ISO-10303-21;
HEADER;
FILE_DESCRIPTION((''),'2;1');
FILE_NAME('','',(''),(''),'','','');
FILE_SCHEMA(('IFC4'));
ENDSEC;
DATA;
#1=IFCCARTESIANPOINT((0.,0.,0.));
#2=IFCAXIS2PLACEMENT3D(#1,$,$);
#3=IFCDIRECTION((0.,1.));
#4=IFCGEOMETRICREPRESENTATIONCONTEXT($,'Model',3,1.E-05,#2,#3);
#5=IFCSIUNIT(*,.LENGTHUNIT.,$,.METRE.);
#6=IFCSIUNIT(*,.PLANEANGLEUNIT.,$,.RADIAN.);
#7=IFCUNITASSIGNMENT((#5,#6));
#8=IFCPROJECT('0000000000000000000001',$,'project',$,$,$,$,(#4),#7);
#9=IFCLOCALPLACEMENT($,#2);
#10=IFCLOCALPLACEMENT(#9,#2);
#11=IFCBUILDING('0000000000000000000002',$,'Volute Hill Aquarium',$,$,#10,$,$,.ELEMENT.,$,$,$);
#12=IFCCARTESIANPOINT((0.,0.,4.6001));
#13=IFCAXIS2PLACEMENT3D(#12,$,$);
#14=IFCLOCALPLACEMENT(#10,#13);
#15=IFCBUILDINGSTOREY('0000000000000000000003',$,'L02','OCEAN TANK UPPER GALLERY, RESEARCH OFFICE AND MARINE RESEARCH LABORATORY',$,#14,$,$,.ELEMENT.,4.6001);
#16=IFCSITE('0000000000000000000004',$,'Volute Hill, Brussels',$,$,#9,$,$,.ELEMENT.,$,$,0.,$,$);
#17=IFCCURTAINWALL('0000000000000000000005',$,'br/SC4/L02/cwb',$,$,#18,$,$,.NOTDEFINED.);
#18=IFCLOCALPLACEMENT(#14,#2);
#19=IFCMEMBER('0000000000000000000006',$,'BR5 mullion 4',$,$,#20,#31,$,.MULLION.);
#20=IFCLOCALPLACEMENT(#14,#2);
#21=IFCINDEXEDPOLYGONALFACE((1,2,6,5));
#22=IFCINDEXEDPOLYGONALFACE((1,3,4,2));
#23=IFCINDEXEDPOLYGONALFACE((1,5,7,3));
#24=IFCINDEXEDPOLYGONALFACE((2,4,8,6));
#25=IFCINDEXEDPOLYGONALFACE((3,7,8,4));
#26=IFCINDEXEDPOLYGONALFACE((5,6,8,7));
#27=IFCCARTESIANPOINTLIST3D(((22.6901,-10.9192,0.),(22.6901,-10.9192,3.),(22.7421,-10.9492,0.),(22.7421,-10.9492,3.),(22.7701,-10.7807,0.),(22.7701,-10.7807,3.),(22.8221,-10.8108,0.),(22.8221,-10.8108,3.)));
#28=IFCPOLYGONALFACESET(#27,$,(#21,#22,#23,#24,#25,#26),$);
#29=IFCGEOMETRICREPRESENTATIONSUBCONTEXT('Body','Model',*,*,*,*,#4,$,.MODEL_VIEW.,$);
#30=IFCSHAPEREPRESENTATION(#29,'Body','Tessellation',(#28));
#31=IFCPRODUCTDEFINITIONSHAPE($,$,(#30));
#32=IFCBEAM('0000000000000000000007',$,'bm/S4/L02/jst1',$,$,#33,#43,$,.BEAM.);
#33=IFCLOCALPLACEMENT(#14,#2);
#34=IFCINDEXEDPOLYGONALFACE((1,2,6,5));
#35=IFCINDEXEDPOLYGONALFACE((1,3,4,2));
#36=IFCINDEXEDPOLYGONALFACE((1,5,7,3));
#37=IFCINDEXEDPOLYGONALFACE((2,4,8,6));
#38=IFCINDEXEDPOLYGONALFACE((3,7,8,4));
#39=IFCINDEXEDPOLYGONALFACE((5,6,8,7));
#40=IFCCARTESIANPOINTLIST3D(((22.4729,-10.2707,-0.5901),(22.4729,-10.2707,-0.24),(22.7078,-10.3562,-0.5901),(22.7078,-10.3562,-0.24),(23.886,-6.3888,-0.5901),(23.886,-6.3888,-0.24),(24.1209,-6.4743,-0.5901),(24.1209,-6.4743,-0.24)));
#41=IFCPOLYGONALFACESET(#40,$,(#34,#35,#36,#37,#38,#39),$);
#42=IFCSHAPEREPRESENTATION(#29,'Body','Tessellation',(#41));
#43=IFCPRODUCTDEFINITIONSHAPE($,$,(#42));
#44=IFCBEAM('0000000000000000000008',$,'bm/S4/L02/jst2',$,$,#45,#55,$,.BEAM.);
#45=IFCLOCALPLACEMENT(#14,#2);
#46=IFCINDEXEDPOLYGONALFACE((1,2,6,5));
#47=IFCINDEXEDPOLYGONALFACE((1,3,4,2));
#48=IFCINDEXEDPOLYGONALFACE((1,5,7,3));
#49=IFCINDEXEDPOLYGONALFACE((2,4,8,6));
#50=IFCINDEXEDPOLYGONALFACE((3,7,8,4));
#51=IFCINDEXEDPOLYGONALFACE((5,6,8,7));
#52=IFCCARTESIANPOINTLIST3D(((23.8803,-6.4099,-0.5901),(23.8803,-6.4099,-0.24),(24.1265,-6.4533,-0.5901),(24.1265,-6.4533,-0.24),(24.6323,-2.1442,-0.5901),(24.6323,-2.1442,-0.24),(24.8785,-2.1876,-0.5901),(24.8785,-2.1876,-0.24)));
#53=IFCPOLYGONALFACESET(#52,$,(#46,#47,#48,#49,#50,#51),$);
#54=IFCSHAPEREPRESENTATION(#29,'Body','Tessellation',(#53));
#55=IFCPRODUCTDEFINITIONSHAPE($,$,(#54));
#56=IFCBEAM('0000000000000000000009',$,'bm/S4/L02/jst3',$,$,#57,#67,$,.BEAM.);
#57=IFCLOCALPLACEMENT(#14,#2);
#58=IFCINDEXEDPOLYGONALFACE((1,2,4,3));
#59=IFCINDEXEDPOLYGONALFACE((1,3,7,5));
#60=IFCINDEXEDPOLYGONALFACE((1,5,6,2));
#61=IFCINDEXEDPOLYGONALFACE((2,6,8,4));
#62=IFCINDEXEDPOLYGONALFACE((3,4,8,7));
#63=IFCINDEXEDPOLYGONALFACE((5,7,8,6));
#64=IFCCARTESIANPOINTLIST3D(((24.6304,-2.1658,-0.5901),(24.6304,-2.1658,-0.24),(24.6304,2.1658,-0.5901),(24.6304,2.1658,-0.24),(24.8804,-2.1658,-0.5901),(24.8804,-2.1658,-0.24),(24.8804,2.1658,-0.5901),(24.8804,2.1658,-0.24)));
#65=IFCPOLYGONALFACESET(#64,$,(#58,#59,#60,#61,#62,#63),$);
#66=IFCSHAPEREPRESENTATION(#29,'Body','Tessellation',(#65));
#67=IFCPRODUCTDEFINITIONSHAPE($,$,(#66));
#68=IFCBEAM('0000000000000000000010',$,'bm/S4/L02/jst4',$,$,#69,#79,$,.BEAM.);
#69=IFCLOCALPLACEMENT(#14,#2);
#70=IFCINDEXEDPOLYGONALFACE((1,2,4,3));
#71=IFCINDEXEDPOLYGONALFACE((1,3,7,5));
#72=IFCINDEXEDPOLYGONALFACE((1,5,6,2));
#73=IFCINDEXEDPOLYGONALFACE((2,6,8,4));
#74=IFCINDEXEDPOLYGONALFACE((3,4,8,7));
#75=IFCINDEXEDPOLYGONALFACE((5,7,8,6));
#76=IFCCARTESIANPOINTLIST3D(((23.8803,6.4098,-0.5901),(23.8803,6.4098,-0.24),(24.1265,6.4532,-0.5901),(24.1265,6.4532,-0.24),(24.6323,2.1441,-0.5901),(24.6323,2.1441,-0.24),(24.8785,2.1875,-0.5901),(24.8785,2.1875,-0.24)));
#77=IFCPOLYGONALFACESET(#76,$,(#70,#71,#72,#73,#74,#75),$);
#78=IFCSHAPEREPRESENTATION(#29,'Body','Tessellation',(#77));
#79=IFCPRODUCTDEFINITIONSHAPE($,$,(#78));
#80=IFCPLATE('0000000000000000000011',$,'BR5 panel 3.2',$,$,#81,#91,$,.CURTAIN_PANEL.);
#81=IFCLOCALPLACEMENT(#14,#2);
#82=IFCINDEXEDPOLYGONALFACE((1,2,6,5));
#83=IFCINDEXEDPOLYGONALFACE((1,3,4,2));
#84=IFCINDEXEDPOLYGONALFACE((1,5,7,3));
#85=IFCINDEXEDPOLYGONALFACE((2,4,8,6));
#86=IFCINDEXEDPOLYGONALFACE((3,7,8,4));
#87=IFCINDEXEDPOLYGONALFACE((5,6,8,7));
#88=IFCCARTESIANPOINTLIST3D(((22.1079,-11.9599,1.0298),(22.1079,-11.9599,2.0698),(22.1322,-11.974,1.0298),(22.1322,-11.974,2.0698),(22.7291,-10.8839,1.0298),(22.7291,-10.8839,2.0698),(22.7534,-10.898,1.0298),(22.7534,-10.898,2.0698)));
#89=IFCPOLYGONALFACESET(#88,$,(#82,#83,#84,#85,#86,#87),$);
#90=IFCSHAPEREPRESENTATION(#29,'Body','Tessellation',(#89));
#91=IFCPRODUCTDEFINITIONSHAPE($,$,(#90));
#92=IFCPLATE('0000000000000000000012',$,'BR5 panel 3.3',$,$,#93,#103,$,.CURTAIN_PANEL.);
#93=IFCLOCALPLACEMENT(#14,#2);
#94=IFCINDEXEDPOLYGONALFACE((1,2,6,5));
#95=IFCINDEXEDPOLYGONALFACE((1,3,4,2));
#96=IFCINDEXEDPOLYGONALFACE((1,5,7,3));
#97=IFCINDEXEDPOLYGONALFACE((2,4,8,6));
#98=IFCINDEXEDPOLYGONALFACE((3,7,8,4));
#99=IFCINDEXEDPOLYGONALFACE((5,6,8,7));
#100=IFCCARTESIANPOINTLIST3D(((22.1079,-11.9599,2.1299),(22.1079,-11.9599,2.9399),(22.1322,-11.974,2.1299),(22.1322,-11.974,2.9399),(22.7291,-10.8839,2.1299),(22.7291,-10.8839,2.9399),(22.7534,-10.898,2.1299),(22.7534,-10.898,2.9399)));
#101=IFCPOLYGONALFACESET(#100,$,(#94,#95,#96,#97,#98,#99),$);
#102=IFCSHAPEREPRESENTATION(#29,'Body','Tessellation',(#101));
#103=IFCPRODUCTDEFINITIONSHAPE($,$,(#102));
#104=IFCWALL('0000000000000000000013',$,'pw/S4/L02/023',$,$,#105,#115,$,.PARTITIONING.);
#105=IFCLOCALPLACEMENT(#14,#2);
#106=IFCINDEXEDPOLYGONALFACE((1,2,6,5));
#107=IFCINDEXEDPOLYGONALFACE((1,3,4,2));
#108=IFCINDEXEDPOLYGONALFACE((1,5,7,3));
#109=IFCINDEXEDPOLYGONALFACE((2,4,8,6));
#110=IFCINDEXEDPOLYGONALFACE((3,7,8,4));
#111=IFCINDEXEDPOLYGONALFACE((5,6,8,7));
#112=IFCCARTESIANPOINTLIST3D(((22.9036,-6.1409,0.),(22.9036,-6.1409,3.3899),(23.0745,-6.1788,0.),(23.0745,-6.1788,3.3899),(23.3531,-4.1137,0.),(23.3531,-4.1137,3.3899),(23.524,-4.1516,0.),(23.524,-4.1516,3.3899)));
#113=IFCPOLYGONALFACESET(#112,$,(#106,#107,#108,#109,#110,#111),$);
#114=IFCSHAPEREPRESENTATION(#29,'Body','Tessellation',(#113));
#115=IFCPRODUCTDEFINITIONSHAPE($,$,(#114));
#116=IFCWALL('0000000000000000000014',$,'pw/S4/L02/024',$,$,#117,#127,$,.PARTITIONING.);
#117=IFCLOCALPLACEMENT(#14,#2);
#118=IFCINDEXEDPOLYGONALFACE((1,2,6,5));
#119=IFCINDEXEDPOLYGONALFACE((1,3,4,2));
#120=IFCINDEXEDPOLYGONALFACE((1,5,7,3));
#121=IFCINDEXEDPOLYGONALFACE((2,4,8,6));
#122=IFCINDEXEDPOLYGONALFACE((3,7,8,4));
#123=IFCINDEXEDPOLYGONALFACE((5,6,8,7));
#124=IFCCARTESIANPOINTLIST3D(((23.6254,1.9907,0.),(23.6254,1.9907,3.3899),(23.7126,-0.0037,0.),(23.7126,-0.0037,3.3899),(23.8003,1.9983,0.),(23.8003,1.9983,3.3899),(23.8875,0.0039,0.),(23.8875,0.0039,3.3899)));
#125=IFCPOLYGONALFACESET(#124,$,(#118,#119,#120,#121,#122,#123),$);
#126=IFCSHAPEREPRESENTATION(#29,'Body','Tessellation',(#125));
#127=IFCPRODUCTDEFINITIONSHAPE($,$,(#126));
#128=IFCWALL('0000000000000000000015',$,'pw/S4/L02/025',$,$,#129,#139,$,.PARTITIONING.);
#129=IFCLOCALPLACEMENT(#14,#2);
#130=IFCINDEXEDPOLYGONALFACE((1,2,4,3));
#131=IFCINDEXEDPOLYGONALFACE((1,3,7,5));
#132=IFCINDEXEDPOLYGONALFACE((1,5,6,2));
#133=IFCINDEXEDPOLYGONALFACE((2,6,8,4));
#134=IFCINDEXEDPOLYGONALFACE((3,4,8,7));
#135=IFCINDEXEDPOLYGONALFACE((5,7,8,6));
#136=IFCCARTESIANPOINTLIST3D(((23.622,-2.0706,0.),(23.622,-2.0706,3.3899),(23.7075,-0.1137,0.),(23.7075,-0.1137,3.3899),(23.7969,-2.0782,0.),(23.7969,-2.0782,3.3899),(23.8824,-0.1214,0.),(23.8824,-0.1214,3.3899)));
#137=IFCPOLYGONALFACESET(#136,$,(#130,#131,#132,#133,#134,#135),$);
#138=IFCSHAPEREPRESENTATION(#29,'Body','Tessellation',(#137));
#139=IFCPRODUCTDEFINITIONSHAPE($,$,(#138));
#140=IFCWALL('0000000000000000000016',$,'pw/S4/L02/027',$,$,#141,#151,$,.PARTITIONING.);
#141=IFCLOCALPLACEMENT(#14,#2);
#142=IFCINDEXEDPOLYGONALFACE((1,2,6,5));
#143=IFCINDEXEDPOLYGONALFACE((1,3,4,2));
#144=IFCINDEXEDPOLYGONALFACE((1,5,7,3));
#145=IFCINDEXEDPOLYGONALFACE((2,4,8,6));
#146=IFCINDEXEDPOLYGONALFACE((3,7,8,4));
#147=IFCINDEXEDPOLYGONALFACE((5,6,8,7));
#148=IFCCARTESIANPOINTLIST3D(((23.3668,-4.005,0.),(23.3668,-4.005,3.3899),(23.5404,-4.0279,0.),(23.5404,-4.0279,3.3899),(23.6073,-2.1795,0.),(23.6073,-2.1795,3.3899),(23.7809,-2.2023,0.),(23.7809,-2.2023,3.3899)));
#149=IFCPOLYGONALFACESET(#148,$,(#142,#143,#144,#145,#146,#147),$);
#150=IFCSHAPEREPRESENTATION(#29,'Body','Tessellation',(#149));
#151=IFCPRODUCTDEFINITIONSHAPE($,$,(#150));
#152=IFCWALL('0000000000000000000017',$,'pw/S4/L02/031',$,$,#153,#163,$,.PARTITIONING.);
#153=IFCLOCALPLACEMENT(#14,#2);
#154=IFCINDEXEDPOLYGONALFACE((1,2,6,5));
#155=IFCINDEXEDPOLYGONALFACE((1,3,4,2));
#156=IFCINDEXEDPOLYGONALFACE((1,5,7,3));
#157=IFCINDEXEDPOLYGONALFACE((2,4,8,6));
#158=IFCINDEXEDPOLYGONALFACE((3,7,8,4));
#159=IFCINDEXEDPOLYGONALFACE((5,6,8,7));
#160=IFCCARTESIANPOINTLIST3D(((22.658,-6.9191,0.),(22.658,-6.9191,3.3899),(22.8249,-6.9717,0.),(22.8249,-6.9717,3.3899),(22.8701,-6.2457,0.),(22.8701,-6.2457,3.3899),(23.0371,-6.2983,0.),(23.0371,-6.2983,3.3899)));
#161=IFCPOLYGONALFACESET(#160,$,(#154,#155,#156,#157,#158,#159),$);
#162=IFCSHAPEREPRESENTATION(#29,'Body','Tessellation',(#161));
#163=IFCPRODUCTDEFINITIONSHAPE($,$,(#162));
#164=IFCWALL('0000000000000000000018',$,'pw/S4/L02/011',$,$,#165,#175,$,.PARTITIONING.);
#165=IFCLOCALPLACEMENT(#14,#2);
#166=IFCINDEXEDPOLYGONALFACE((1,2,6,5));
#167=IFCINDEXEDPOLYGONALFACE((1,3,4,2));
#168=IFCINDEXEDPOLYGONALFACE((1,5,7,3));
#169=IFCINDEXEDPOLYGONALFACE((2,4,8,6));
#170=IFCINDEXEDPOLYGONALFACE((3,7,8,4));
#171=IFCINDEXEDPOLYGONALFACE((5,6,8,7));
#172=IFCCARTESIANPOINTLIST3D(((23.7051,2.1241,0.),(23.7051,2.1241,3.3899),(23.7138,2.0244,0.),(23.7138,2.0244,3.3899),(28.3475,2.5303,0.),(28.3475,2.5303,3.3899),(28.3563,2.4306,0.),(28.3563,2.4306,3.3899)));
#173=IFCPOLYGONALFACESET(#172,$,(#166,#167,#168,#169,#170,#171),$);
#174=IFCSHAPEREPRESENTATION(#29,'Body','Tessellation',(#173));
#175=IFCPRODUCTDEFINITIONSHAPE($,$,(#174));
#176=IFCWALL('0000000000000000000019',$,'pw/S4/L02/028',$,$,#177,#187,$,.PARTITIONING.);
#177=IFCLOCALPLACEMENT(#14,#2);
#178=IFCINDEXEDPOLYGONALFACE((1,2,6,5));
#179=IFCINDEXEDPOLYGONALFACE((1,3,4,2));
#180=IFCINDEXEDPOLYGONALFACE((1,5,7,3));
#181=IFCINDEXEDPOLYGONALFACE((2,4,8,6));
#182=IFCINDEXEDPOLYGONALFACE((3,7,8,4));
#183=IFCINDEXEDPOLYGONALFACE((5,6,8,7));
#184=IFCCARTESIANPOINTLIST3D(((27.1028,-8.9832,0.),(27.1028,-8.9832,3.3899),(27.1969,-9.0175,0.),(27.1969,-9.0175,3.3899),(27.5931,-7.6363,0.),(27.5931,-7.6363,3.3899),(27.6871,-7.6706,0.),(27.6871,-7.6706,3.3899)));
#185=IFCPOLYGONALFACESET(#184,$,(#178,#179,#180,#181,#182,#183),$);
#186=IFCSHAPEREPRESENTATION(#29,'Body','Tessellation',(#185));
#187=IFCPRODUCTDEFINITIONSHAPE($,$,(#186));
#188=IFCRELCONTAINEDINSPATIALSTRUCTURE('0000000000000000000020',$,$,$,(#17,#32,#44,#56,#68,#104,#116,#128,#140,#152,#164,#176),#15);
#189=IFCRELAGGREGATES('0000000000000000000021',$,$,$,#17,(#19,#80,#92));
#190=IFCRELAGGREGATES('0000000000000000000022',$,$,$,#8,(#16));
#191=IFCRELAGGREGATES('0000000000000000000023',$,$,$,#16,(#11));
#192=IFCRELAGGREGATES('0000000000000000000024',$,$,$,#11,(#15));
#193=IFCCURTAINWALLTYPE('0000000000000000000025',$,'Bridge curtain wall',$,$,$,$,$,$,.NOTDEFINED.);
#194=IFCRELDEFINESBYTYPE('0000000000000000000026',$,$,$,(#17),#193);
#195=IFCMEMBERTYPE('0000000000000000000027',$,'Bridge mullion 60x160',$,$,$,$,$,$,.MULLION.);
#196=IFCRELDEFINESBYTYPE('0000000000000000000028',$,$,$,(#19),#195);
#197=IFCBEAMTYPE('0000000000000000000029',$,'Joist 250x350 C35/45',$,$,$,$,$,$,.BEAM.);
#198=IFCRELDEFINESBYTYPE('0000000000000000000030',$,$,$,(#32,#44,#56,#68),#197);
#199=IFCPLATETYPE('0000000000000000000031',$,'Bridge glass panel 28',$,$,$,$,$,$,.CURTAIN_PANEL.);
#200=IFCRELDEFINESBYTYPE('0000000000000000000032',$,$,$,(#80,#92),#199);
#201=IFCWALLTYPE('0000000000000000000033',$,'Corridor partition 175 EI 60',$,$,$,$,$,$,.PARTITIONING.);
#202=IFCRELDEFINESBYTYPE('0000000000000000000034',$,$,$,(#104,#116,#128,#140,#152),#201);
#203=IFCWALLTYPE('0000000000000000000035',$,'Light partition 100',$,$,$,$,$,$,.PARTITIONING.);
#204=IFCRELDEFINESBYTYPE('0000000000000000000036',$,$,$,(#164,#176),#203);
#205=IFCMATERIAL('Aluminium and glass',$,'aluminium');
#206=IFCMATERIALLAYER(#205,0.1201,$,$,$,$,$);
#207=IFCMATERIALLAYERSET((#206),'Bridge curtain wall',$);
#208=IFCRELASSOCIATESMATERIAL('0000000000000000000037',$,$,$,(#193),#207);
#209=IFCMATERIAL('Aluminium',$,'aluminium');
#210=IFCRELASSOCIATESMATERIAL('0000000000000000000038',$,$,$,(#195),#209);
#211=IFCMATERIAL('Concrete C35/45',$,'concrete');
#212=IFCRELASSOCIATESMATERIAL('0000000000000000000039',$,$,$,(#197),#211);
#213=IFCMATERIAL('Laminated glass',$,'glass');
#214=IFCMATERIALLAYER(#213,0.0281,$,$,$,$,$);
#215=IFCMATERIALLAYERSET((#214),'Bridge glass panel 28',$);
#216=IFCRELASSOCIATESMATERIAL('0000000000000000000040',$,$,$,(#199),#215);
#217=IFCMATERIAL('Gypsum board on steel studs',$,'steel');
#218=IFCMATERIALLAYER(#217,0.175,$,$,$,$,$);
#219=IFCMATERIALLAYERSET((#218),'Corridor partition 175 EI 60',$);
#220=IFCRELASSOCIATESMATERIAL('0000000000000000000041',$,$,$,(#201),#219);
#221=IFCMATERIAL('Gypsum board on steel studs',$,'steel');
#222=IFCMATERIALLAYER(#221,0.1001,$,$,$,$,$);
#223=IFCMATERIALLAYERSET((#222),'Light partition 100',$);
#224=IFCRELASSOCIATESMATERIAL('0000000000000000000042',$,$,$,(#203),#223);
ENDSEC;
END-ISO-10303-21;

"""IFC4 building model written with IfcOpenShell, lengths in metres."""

from ifc_helpers import new_model, si_unit, direction, frame, frame_2d, origin, origin_2d, place, context, subcontext, project, spatial, rectangle, extrude, material, layer, layer_set, material_profile, profile_set, type_object, element, aggregate, save


model = new_model("IFC4")

# Units and contexts
model_context = context("Model", 3, precision=1e-05, world=origin(), true_north=direction((0.0, 1.0)))
body_context = subcontext(model_context, "Body", "Model", "MODEL_VIEW")
ifc_project = project(units=[si_unit("LENGTHUNIT", "METRE"), si_unit("PLANEANGLEUNIT", "RADIAN")], contexts=[model_context])

# Site, building, storey
site_placement = place(None, origin())
site = spatial("IfcSite", under=ifc_project, at=site_placement, Name="Volute Hill, Brussels", CompositionType="ELEMENT", RefElevation=0.0)
building_placement = place(site_placement, origin())
building = spatial("IfcBuilding", under=site, at=building_placement, Name="Volute Hill Aquarium", CompositionType="ELEMENT")
storey_placement = place(building_placement, frame((0.0, 0.0, 4.6001)))
storey = spatial("IfcBuildingStorey", under=building, at=storey_placement, Name="L02", Description="OCEAN TANK UPPER GALLERY, RESEARCH OFFICE AND MARINE RESEARCH LABORATORY", CompositionType="ELEMENT", Elevation=4.6001)

# Curtain wall, member
ifc_material_1 = material(Name="Aluminium and glass", Category="aluminium")
ifc_layer_1 = layer(ifc_material_1, 0.1201)
ifc_layer_set_1 = layer_set([ifc_layer_1], Name="Bridge curtain wall")
curtain_wall_type = type_object("IfcCurtainWallType", Name="Bridge curtain wall", PredefinedType="NOTDEFINED", material=ifc_layer_set_1)
curtain_wall_placement = place(storey_placement, origin())
curtain_wall = element("IfcCurtainWall", 1, at=curtain_wall_placement, inside=storey, type_object=curtain_wall_type, Name="br/SC4/L02/cwb", PredefinedType="NOTDEFINED")
ifc_material_2 = material(Name="Aluminium", Category="aluminium")
ifc_material_profile_1 = material_profile(ifc_material_2, rectangle(XDim=0.0601, YDim=0.1599, at=origin_2d()), Name="Aluminium mullion 60x160")
ifc_profile_set_1 = profile_set([ifc_material_profile_1], Name="Aluminium")
member_type = type_object("IfcMemberType", Name="Bridge mullion 60x160", PredefinedType="MULLION", material=ifc_profile_set_1)
member_placement = place(storey_placement, frame((22.7561, -10.865, 0.0), z_axis=(0.0, 0.0, 1.0), x_axis=(-0.866022, 0.500005, 0.0)))
member = element("IfcMember", 2, at=member_placement, type_object=member_type, Name="BR5 mullion 4", PredefinedType="MULLION", context=body_context, shape_type="SweptSolid", body=[
    extrude(rectangle(XDim=0.0601, YDim=0.1599, at=origin_2d()), origin(), (0.0, 0.0, 1.0), 3.0),
])

# Beams
ifc_material_3 = material(Name="Concrete C35/45", Category="concrete")
ifc_material_profile_2 = material_profile(ifc_material_3, rectangle(XDim=0.25, YDim=0.3501, at=origin_2d()), Name="RC joist 250x350")
ifc_profile_set_2 = profile_set([ifc_material_profile_2], Name="Concrete C35/45")
beam_type = type_object("IfcBeamType", Name="Joist 250x350 C35/45", PredefinedType="BEAM", material=ifc_profile_set_2)
beam_placement = place(storey_placement, frame((22.5903, -10.3135, -0.415), z_axis=(0.342066, 0.939676, 0.0), x_axis=(-0.939676, 0.342066, 0.0)))
element("IfcBeam", 3, at=beam_placement, inside=storey, type_object=beam_type, Name="bm/S4/L02/jst1", PredefinedType="BEAM", context=body_context, shape_type="SweptSolid", body=[
    extrude(rectangle(XDim=0.25, YDim=0.3501, at=origin_2d()), origin(), (0.0, 0.0, 1.0), 4.1311),
])
for number, where, z_axis, x_axis, name in (
    (4, (24.0034, -6.4316, -0.415), (0.173596, 0.984817, 0.0), (-0.984817, 0.173596, 0.0), "bm/S4/L02/jst2"),
    (5, (24.7554, -2.1658, -0.415), (0.0, 1.0, 0.0), (-1.0, 0.0, 0.0), "bm/S4/L02/jst3"),
    (6, (24.7554, 2.1658, -0.415), (-0.173596, 0.984817, 0.0), (-0.984817, -0.173596, 0.0), "bm/S4/L02/jst4"),
):
    element("IfcBeam", number, at=place(storey_placement, frame(where, z_axis=z_axis, x_axis=x_axis)), inside=storey, type_object=beam_type, Name=name, PredefinedType="BEAM", context=body_context, shape_type="SweptSolid", body=[
        extrude(rectangle(XDim=0.25, YDim=0.3501, at=origin_2d()), origin(), (0.0, 0.0, 1.0), 4.3315),
    ])

# Plates
ifc_material_4 = material(Name="Laminated glass", Category="glass")
ifc_layer_2 = layer(ifc_material_4, 0.0281)
ifc_layer_set_2 = layer_set([ifc_layer_2], Name="Bridge glass panel 28")
plate_type = type_object("IfcPlateType", Name="Bridge glass panel 28", PredefinedType="CURTAIN_PANEL", material=ifc_layer_set_2)
plate_1_placement = place(storey_placement, frame((22.4307, -11.429, 1.0298), z_axis=(0.0, 0.0, 1.0), x_axis=(0.500005, 0.866022, 0.0)))
plate_1 = element("IfcPlate", 7, at=plate_1_placement, type_object=plate_type, Name="BR5 panel 3.2", PredefinedType="CURTAIN_PANEL", context=body_context, shape_type="SweptSolid", body=[
    extrude(rectangle(XDim=1.2424, YDim=0.0281, at=origin_2d()), origin(), (0.0, 0.0, 1.0), 1.04),
])
plate_2_placement = place(storey_placement, frame((22.4307, -11.429, 2.1299), z_axis=(0.0, 0.0, 1.0), x_axis=(0.500005, 0.866022, 0.0)))
plate_2 = element("IfcPlate", 8, at=plate_2_placement, type_object=plate_type, Name="BR5 panel 3.3", PredefinedType="CURTAIN_PANEL", context=body_context, shape_type="SweptSolid", body=[
    extrude(rectangle(XDim=1.2424, YDim=0.0281, at=origin_2d()), origin(), (0.0, 0.0, 1.0), 0.8101),
])
aggregate(curtain_wall, [member, plate_1, plate_2])

# Shared definitions
ifc_material_5 = material(Name="Gypsum board on steel studs", Category="steel")
ifc_layer_3 = layer(ifc_material_5, 0.175)
ifc_layer_set_3 = layer_set([ifc_layer_3], Name="Corridor partition 175 EI 60")
wall_type_1 = type_object("IfcWallType", Name="Corridor partition 175 EI 60", PredefinedType="PARTITIONING", material=ifc_layer_set_3)

# Walls
wall_1_placement = place(storey_placement, frame((23.4385, -4.1328, 0.0), z_axis=(0.0, 0.0, 1.0), x_axis=(-0.21647, -0.976289, 0.0)))
element("IfcWall", 9, at=wall_1_placement, inside=storey, type_object=wall_type_1, Name="pw/S4/L02/023", PredefinedType="PARTITIONING", context=body_context, shape_type="SweptSolid", body=[
    extrude(rectangle(XDim=2.0764, YDim=0.175, at=frame_2d((1.0381, 0.0))), origin(), (0.0, 0.0, 1.0), 3.3899),
])
wall_2_placement = place(storey_placement, frame((23.7129, 1.9944, 0.0), z_axis=(0.0, 0.0, 1.0), x_axis=(0.04366, -0.999046, 0.0)))
element("IfcWall", 10, at=wall_2_placement, inside=storey, type_object=wall_type_1, Name="pw/S4/L02/024", PredefinedType="PARTITIONING", context=body_context, shape_type="SweptSolid", body=[
    extrude(rectangle(XDim=1.9963, YDim=0.175, at=frame_2d((0.998, 0.0))), origin(), (0.0, 0.0, 1.0), 3.3899),
])
wall_3_placement = place(storey_placement, frame((23.7949, -0.1174, 0.0), z_axis=(0.0, 0.0, 1.0), x_axis=(-0.043627, -0.999048, 0.0)))
element("IfcWall", 11, at=wall_3_placement, inside=storey, type_object=wall_type_1, Name="pw/S4/L02/025", PredefinedType="PARTITIONING", context=body_context, shape_type="SweptSolid", body=[
    extrude(rectangle(XDim=1.9587, YDim=0.175, at=frame_2d((0.9795, 0.0))), origin(), (0.0, 0.0, 1.0), 3.3899),
])
wall_4_placement = place(storey_placement, frame((23.6941, -2.1909, 0.0), z_axis=(0.0, 0.0, 1.0), x_axis=(-0.130609, -0.991434, 0.0)))
element("IfcWall", 12, at=wall_4_placement, inside=storey, type_object=wall_type_1, Name="pw/S4/L02/027", PredefinedType="PARTITIONING", context=body_context, shape_type="SweptSolid", body=[
    extrude(rectangle(XDim=1.8413, YDim=0.175, at=frame_2d((0.9207, 0.0))), origin(), (0.0, 0.0, 1.0), 3.3899),
])
wall_5_placement = place(storey_placement, frame((22.9536, -6.272, 0.0), z_axis=(0.0, 0.0, 1.0), x_axis=(-0.300519, -0.953776, 0.0)))
element("IfcWall", 13, at=wall_5_placement, inside=storey, type_object=wall_type_1, Name="pw/S4/L02/031", PredefinedType="PARTITIONING", context=body_context, shape_type="SweptSolid", body=[
    extrude(rectangle(XDim=0.7061, YDim=0.175, at=frame_2d((0.353, 0.0))), origin(), (0.0, 0.0, 1.0), 3.3899),
])
ifc_material_6 = material(Name="Gypsum board on steel studs", Category="steel")
ifc_layer_4 = layer(ifc_material_6, 0.1001)
ifc_layer_set_4 = layer_set([ifc_layer_4], Name="Light partition 100")
wall_type_2 = type_object("IfcWallType", Name="Light partition 100", PredefinedType="PARTITIONING", material=ifc_layer_set_4)
wall_6_placement = place(storey_placement, frame((23.7095, 2.0742, 0.0), z_axis=(0.0, 0.0, 1.0), x_axis=(0.996193, 0.087177, 0.0)))
element("IfcWall", 14, at=wall_6_placement, inside=storey, type_object=wall_type_2, Name="pw/S4/L02/011", PredefinedType="PARTITIONING", context=body_context, shape_type="SweptSolid", body=[
    extrude(rectangle(XDim=4.6602, YDim=0.1001, at=frame_2d((2.3301, 0.0))), origin(), (0.0, 0.0, 1.0), 3.3899),
])
wall_7_placement = place(storey_placement, frame((27.6401, -7.6533, 0.0), z_axis=(0.0, 0.0, 1.0), x_axis=(-0.342017, -0.939694, 0.0)))
element("IfcWall", 15, at=wall_7_placement, inside=storey, type_object=wall_type_2, Name="pw/S4/L02/028", PredefinedType="PARTITIONING", context=body_context, shape_type="SweptSolid", body=[
    extrude(rectangle(XDim=1.4333, YDim=0.1001, at=frame_2d((0.7168, 0.0))), origin(), (0.0, 0.0, 1.0), 3.3899),
])

save(model, "model.ifc")
